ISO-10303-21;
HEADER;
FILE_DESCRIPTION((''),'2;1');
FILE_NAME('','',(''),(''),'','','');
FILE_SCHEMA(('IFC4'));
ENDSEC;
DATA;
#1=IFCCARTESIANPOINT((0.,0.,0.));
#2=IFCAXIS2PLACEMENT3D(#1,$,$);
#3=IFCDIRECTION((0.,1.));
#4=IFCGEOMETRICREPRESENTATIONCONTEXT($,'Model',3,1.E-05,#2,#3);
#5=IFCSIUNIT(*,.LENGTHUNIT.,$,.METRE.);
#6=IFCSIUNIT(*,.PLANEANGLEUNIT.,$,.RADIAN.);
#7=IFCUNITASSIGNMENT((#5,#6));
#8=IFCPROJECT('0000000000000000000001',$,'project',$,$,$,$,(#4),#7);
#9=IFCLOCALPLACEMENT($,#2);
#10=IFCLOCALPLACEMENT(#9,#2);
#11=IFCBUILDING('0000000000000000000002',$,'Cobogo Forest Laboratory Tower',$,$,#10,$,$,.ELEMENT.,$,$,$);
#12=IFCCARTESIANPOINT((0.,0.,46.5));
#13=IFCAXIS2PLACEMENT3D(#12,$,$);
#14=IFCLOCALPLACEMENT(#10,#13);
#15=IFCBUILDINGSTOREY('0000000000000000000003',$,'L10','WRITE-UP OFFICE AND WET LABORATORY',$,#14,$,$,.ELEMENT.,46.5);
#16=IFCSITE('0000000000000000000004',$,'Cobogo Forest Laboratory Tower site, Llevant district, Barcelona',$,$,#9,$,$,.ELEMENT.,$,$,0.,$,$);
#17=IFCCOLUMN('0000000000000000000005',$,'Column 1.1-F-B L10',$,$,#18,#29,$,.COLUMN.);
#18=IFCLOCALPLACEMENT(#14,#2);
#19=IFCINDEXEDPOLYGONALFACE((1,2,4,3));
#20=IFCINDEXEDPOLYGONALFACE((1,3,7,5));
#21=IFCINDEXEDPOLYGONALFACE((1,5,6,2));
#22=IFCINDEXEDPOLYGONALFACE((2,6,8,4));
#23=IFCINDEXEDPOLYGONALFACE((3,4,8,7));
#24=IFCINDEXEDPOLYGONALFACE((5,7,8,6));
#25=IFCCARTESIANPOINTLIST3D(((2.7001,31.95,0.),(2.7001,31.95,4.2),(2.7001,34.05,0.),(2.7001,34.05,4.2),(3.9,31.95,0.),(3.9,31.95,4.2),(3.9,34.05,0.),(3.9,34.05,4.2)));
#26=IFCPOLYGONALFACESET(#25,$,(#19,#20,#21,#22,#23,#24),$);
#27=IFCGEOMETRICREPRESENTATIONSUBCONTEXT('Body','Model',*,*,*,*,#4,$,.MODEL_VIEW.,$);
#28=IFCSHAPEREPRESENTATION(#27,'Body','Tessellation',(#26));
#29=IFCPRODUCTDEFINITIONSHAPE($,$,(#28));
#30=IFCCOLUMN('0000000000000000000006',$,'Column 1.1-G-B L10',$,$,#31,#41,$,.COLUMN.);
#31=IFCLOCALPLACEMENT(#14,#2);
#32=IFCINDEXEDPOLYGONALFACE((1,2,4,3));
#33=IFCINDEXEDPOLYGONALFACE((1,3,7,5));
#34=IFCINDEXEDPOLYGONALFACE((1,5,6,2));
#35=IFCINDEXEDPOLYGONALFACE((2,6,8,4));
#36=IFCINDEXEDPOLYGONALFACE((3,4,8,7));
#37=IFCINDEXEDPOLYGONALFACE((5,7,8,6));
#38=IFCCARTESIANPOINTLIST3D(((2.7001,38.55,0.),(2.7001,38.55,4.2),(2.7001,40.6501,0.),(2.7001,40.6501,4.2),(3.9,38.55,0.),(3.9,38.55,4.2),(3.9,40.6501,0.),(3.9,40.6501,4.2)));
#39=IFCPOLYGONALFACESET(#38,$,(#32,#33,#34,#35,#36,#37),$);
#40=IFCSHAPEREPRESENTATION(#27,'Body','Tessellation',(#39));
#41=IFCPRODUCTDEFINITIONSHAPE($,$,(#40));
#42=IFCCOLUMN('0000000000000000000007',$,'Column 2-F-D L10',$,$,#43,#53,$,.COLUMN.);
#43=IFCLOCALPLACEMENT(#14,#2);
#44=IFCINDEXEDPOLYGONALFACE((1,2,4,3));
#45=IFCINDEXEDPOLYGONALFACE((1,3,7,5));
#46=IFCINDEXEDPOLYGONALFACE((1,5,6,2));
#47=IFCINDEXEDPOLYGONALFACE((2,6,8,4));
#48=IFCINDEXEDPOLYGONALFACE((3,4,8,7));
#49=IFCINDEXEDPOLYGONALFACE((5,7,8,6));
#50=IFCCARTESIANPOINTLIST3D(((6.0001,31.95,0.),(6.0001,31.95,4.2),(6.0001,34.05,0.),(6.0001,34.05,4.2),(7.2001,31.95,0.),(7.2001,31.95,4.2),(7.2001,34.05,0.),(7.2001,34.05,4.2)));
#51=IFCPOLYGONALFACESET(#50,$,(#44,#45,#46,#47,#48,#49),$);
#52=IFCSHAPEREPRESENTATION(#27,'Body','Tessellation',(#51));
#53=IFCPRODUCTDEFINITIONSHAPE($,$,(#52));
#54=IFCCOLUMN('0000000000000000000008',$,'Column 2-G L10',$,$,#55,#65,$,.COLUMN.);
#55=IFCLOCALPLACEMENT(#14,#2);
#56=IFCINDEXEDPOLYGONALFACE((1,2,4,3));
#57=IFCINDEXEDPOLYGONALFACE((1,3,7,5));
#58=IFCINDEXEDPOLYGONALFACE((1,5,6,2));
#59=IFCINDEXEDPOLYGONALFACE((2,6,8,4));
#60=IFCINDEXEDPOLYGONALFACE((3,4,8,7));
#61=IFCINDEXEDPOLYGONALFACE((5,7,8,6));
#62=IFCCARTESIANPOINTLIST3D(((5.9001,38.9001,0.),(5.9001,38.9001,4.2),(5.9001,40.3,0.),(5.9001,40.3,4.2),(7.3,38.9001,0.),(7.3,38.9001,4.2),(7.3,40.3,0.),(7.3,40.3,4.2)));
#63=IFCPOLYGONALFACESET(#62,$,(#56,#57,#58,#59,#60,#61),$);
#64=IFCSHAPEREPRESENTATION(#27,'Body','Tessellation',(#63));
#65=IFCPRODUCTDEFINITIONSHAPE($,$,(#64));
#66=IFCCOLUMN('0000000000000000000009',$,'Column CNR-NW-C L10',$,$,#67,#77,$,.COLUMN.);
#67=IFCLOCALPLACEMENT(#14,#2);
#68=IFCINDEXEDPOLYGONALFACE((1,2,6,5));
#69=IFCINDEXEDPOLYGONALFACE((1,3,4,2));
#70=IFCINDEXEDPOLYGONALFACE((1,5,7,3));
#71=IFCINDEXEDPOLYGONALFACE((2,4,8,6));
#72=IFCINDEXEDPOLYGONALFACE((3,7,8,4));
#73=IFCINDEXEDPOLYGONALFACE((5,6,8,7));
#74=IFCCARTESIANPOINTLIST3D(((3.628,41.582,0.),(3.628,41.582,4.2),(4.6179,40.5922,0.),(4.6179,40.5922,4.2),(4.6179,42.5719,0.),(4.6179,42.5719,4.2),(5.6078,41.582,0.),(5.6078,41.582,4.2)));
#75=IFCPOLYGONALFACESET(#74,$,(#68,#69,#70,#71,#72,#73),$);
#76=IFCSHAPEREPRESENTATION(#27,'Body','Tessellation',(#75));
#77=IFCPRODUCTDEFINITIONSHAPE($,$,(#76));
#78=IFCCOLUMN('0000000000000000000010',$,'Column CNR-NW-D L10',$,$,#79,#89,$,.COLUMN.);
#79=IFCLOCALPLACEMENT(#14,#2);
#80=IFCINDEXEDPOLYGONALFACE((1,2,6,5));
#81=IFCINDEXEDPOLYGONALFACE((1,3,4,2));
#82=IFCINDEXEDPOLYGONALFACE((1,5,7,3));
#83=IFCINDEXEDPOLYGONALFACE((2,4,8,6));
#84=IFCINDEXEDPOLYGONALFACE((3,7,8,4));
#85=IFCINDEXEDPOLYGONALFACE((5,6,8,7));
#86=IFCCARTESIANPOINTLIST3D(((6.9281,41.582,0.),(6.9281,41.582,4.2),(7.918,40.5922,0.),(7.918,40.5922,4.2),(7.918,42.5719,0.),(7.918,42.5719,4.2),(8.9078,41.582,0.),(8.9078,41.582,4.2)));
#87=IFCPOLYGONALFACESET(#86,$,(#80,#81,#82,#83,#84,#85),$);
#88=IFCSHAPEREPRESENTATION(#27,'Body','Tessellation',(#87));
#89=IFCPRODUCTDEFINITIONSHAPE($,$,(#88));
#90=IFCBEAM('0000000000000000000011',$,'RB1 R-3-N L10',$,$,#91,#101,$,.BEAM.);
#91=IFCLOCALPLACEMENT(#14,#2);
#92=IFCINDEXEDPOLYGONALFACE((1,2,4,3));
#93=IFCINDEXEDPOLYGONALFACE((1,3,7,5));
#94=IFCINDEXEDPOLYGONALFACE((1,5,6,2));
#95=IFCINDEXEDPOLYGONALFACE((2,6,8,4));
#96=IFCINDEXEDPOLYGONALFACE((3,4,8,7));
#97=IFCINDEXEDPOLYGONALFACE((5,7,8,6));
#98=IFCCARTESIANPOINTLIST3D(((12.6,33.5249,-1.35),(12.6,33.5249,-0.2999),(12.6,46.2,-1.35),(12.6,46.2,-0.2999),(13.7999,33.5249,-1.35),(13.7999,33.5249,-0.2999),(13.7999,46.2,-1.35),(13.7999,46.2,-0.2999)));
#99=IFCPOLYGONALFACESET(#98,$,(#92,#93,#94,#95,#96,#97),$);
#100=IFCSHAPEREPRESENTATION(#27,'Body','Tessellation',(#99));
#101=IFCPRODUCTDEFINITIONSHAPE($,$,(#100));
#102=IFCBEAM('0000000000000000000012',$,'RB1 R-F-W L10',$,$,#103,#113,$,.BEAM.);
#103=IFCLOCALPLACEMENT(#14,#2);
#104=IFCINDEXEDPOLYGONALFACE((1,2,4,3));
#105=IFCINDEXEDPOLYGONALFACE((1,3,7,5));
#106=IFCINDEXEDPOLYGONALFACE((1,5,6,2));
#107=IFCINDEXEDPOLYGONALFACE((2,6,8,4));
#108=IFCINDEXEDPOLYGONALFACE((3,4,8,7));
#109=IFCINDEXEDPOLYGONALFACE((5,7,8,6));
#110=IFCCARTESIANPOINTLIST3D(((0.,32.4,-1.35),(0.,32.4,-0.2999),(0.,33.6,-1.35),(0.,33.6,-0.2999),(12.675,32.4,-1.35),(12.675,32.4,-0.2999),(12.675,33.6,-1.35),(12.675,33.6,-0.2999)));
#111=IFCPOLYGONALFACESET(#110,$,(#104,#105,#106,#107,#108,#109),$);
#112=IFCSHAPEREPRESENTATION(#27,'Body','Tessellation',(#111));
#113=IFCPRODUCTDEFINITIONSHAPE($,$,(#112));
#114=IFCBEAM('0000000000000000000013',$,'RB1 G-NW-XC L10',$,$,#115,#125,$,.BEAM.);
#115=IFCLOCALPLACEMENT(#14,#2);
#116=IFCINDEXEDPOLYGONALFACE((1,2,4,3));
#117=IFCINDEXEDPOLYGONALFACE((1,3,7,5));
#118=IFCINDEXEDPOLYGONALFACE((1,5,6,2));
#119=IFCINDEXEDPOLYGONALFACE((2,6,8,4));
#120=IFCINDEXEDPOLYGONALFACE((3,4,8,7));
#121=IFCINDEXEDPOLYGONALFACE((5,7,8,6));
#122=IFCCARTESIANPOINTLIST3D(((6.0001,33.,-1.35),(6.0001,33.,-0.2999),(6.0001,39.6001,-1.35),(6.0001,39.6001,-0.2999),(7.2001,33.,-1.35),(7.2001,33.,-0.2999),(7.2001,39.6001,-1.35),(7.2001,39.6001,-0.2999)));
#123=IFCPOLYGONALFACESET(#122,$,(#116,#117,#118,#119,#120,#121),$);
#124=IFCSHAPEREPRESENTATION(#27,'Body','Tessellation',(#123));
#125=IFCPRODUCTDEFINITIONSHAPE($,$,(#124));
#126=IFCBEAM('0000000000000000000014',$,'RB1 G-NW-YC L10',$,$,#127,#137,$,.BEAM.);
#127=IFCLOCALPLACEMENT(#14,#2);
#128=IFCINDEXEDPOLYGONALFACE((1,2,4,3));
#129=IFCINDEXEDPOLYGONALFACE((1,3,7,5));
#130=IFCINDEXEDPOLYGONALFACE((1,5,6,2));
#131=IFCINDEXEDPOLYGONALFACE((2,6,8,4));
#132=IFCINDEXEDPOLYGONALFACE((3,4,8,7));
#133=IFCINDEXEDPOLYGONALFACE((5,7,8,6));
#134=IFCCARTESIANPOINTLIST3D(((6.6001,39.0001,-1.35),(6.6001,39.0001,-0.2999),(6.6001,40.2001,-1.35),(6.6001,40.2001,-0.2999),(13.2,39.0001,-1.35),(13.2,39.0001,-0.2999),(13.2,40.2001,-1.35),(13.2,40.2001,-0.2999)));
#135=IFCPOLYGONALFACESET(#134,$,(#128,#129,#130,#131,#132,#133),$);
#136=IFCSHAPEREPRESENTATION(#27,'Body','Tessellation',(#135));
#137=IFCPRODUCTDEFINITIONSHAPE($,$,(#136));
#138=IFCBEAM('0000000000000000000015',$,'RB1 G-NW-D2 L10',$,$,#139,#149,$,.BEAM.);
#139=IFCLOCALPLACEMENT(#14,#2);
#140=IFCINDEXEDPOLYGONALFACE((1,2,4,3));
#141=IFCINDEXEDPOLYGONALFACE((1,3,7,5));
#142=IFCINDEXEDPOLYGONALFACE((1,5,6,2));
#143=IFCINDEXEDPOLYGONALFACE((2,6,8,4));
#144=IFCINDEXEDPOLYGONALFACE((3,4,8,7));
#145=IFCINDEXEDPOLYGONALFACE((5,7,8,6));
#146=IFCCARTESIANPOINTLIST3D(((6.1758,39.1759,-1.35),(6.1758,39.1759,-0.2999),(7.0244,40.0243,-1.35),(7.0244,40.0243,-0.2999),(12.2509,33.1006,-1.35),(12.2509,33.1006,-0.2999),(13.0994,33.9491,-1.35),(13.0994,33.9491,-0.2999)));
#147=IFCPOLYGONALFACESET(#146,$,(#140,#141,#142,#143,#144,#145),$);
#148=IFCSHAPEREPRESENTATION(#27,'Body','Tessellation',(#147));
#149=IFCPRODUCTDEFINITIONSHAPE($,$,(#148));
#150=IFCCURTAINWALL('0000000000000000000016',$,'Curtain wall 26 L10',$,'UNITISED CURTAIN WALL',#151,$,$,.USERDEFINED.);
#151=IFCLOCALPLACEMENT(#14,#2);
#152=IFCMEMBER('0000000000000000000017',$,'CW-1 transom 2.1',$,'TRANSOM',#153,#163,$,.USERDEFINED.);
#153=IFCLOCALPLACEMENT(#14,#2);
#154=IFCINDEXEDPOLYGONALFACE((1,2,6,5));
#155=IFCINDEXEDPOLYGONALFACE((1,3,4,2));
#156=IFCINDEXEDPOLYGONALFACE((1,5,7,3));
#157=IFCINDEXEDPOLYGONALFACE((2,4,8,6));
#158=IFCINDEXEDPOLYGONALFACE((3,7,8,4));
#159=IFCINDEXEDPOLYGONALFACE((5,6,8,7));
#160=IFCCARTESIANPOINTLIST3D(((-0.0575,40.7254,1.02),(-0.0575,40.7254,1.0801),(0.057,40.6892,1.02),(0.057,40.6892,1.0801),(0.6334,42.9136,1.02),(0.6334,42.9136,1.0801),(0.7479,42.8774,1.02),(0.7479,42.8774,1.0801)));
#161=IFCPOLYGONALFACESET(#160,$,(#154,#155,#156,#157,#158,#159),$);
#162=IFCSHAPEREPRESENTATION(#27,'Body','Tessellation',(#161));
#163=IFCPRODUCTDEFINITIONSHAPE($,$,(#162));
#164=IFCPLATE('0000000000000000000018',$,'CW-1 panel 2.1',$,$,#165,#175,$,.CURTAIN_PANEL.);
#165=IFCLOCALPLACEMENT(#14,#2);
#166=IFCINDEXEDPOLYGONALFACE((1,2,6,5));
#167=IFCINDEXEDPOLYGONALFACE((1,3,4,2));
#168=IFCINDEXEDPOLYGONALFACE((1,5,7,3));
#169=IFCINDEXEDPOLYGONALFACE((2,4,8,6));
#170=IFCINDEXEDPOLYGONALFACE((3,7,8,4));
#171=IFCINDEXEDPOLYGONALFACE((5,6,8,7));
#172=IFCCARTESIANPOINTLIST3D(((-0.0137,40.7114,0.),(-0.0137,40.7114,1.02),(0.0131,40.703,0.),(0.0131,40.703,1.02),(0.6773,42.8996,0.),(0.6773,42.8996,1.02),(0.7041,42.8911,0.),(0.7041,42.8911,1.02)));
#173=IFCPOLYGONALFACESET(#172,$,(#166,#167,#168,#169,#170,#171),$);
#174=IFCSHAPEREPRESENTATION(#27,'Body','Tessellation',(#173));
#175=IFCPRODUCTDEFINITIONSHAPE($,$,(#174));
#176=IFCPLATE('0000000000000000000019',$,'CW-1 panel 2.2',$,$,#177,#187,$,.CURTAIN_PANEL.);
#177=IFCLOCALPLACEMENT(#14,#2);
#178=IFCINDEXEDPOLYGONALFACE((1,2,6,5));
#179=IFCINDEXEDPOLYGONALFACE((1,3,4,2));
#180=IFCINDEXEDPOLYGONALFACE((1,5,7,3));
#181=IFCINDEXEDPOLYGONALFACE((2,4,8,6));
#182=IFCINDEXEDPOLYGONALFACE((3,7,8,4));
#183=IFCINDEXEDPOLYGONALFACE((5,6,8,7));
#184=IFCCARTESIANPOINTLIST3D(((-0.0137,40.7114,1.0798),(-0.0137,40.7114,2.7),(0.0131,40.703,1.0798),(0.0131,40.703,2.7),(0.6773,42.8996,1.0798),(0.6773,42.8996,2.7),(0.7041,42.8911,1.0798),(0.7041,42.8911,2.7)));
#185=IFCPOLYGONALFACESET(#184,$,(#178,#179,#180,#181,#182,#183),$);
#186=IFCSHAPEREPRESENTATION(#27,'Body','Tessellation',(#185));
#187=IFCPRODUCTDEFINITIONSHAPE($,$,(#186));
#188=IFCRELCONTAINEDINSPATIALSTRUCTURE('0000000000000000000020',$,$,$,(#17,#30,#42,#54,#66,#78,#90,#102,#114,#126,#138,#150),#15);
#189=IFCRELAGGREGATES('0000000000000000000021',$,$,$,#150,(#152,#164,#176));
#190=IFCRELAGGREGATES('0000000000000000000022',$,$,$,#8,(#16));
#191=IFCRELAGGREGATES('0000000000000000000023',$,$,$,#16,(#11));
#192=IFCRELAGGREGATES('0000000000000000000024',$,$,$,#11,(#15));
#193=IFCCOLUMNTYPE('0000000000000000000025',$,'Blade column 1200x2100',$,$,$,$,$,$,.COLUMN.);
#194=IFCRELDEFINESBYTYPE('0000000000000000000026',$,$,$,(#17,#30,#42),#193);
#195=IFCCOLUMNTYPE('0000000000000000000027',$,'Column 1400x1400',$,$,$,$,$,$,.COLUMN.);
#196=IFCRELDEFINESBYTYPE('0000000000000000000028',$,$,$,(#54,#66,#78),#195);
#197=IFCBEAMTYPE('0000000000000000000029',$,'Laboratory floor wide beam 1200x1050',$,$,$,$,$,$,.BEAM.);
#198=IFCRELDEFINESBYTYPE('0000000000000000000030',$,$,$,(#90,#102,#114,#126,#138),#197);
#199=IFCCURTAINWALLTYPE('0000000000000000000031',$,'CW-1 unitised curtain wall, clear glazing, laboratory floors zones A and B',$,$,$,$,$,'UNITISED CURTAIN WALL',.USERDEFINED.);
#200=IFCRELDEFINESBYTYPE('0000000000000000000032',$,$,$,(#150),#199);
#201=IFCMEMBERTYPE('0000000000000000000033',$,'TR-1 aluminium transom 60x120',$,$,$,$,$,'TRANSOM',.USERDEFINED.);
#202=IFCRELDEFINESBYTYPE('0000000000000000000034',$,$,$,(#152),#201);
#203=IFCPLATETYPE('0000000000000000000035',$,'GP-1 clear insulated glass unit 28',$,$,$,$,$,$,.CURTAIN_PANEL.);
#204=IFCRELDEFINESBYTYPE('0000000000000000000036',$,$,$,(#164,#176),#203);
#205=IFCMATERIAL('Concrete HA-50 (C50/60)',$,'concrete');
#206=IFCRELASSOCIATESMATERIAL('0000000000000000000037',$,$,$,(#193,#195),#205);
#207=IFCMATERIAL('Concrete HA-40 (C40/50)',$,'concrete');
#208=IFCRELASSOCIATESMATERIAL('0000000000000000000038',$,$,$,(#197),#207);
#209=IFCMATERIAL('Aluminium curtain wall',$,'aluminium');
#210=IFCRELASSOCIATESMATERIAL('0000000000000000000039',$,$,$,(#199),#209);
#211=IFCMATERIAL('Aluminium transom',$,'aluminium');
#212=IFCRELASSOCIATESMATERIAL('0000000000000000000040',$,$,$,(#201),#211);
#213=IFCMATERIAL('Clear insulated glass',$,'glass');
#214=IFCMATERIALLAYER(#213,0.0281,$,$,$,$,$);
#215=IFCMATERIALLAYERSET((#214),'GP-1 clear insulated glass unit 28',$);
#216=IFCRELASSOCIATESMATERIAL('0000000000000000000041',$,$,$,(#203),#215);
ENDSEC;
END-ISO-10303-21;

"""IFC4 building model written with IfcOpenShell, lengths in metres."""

from ifc_helpers import new_model, si_unit, direction, frame, origin, origin_2d, place, context, subcontext, project, spatial, rectangle, extrude, material, layer, layer_set, material_profile, profile_set, type_object, element, aggregate, save


model = new_model("IFC4")

# Units and contexts
model_context = context("Model", 3, precision=1e-05, world=origin(), true_north=direction((0.0, 1.0)))
body_context = subcontext(model_context, "Body", "Model", "MODEL_VIEW")
ifc_project = project(units=[si_unit("LENGTHUNIT", "METRE"), si_unit("PLANEANGLEUNIT", "RADIAN")], contexts=[model_context])

# Site, building, storey
site_placement = place(None, origin())
site = spatial("IfcSite", under=ifc_project, at=site_placement, Name="Cobogo Forest Laboratory Tower site, Llevant district, Barcelona", CompositionType="ELEMENT", RefElevation=0.0)
building_placement = place(site_placement, origin())
building = spatial("IfcBuilding", under=site, at=building_placement, Name="Cobogo Forest Laboratory Tower", CompositionType="ELEMENT")
storey_placement = place(building_placement, frame((0.0, 0.0, 46.5)))
storey = spatial("IfcBuildingStorey", under=building, at=storey_placement, Name="L10", Description="WRITE-UP OFFICE AND WET LABORATORY", CompositionType="ELEMENT", Elevation=46.5)

# Columns
ifc_material_1 = material(Name="Concrete HA-50 (C50/60)", Category="concrete")
ifc_material_profile_1 = material_profile(ifc_material_1, rectangle(XDim=2.1001, YDim=1.2, at=origin_2d()), Name="RC 1200x2100")
ifc_profile_set_1 = profile_set([ifc_material_profile_1], Name="Concrete HA-50 (C50/60)")
column_type_1 = type_object("IfcColumnType", Name="Blade column 1200x2100", PredefinedType="COLUMN", material=ifc_profile_set_1)
for number, where, z_axis, x_axis, name in (
    (1, (3.3, 33.0, 0.0), (0.0, 0.0, 1.0), (0.0, 1.0, 0.0), "Column 1.1-F-B L10"),
    (2, (3.3, 39.6001, 0.0), (0.0, 0.0, 1.0), (0.0, 1.0, 0.0), "Column 1.1-G-B L10"),
    (3, (6.6001, 33.0, 0.0), (0.0, 0.0, 1.0), (0.0, 1.0, 0.0), "Column 2-F-D L10"),
):
    element("IfcColumn", number, at=place(storey_placement, frame(where, z_axis=z_axis, x_axis=x_axis)), inside=storey, type_object=column_type_1, Name=name, PredefinedType="COLUMN", context=body_context, shape_type="SweptSolid", body=[
        extrude(rectangle(XDim=2.1001, YDim=1.2, at=origin_2d()), origin(), (0.0, 0.0, 1.0), 4.2),
    ])
ifc_material_profile_2 = material_profile(ifc_material_1, rectangle(XDim=1.3999, YDim=1.3999, at=origin_2d()), Name="RC 1400x1400")
ifc_profile_set_2 = profile_set([ifc_material_profile_2], Name="Concrete HA-50 (C50/60)")
column_type_2 = type_object("IfcColumnType", Name="Column 1400x1400", PredefinedType="COLUMN", material=ifc_profile_set_2)
for number, where, z_axis, x_axis, name in (
    (4, (6.6001, 39.6001, 0.0), (0.0, 0.0, 1.0), (1.0, 0.0, 0.0), "Column 2-G L10"),
    (5, (4.6179, 41.582, 0.0), (0.0, 0.0, 1.0), (0.707107, 0.707107, 0.0), "Column CNR-NW-C L10"),
    (6, (7.918, 41.582, 0.0), (0.0, 0.0, 1.0), (0.707107, 0.707107, 0.0), "Column CNR-NW-D L10"),
):
    element("IfcColumn", number, at=place(storey_placement, frame(where, z_axis=z_axis, x_axis=x_axis)), inside=storey, type_object=column_type_2, Name=name, PredefinedType="COLUMN", context=body_context, shape_type="SweptSolid", body=[
        extrude(rectangle(XDim=1.3999, YDim=1.3999, at=origin_2d()), origin(), (0.0, 0.0, 1.0), 4.2),
    ])

# Beams
ifc_material_2 = material(Name="Concrete HA-40 (C40/50)", Category="concrete")
ifc_material_profile_3 = material_profile(ifc_material_2, rectangle(XDim=1.2, YDim=1.05, at=origin_2d()), Name="RC 1200x1050")
ifc_profile_set_3 = profile_set([ifc_material_profile_3], Name="Concrete HA-40 (C40/50)")
beam_type = type_object("IfcBeamType", Name="Laboratory floor wide beam 1200x1050", PredefinedType="BEAM", material=ifc_profile_set_3)
for number, where, z_axis, x_axis, name in (
    (7, (13.2, 33.5249, -0.825), (0.0, 1.0, 0.0), (-1.0, 0.0, 0.0), "RB1 R-3-N L10"),
    (8, (12.675, 33.0, -0.825), (-1.0, 0.0, 0.0), (0.0, -1.0, 0.0), "RB1 R-F-W L10"),
):
    element("IfcBeam", number, at=place(storey_placement, frame(where, z_axis=z_axis, x_axis=x_axis)), inside=storey, type_object=beam_type, Name=name, PredefinedType="BEAM", context=body_context, shape_type="SweptSolid", body=[
        extrude(rectangle(XDim=1.2, YDim=1.05, at=origin_2d()), origin(), (0.0, 0.0, 1.0), 12.675),
    ])
beam_1_placement = place(storey_placement, frame((6.6001, 39.6001, -0.825), z_axis=(0.0, -1.0, 0.0), x_axis=(1.0, 0.0, 0.0)))
element("IfcBeam", 9, at=beam_1_placement, inside=storey, type_object=beam_type, Name="RB1 G-NW-XC L10", PredefinedType="BEAM", context=body_context, shape_type="SweptSolid", body=[
    extrude(rectangle(XDim=1.2, YDim=1.05, at=origin_2d()), origin(), (0.0, 0.0, 1.0), 6.6001),
])
beam_2_placement = place(storey_placement, frame((6.6001, 39.6001, -0.825), z_axis=(1.0, 0.0, 0.0), x_axis=(0.0, 1.0, 0.0)))
element("IfcBeam", 10, at=beam_2_placement, inside=storey, type_object=beam_type, Name="RB1 G-NW-YC L10", PredefinedType="BEAM", context=body_context, shape_type="SweptSolid", body=[
    extrude(rectangle(XDim=1.2, YDim=1.05, at=origin_2d()), origin(), (0.0, 0.0, 1.0), 6.5999),
])
beam_3_placement = place(storey_placement, frame((6.6001, 39.6001, -0.825), z_axis=(0.707093, -0.707121, 0.0), x_axis=(0.707121, 0.707093, 0.0)))
element("IfcBeam", 11, at=beam_3_placement, inside=storey, type_object=beam_type, Name="RB1 G-NW-D2 L10", PredefinedType="BEAM", context=body_context, shape_type="SweptSolid", body=[
    extrude(rectangle(XDim=1.2, YDim=1.05, at=origin_2d()), origin(), (0.0, 0.0, 1.0), 8.5916),
])

# Curtain wall, member, plates
ifc_material_3 = material(Name="Aluminium curtain wall", Category="aluminium")
curtain_wall_type = type_object("IfcCurtainWallType", Name="CW-1 unitised curtain wall, clear glazing, laboratory floors zones A and B", ElementType="UNITISED CURTAIN WALL", PredefinedType="USERDEFINED", material=ifc_material_3)
curtain_wall_placement = place(storey_placement, origin())
curtain_wall = element("IfcCurtainWall", 12, at=curtain_wall_placement, inside=storey, type_object=curtain_wall_type, Name="Curtain wall 26 L10", ObjectType="UNITISED CURTAIN WALL", PredefinedType="USERDEFINED")
ifc_material_4 = material(Name="Aluminium transom", Category="aluminium")
ifc_material_profile_4 = material_profile(ifc_material_4, rectangle(XDim=0.1201, YDim=0.0601, at=origin_2d()), Name="AL 60x120")
ifc_profile_set_4 = profile_set([ifc_material_profile_4], Name="Aluminium transom")
member_type = type_object("IfcMemberType", Name="TR-1 aluminium transom 60x120", ElementType="TRANSOM", PredefinedType="USERDEFINED", material=ifc_profile_set_4)
member_placement = place(storey_placement, frame((0.6907, 42.8955, 1.05), z_axis=(-0.301091, -0.953596, 0.0), x_axis=(0.953596, -0.301091, 0.0)))
member = element("IfcMember", 13, at=member_placement, type_object=member_type, Name="CW-1 transom 2.1", ObjectType="TRANSOM", PredefinedType="USERDEFINED", context=body_context, shape_type="SweptSolid", body=[
    extrude(rectangle(XDim=0.1201, YDim=0.0601, at=origin_2d()), origin(), (0.0, 0.0, 1.0), 2.2947),
])
ifc_material_5 = material(Name="Clear insulated glass", Category="glass")
ifc_layer_1 = layer(ifc_material_5, 0.0281)
ifc_layer_set_1 = layer_set([ifc_layer_1], Name="GP-1 clear insulated glass unit 28")
plate_type = type_object("IfcPlateType", Name="GP-1 clear insulated glass unit 28", PredefinedType="CURTAIN_PANEL", material=ifc_layer_set_1)
plate_1_placement = place(storey_placement, frame((0.3452, 41.8013, 0.0), z_axis=(0.0, 0.0, 1.0), x_axis=(-0.301135, -0.953581, 0.0)))
plate_1 = element("IfcPlate", 14, at=plate_1_placement, type_object=plate_type, Name="CW-1 panel 2.1", PredefinedType="CURTAIN_PANEL", context=body_context, shape_type="SweptSolid", body=[
    extrude(rectangle(XDim=2.2947, YDim=0.0281, at=origin_2d()), origin(), (0.0, 0.0, 1.0), 1.02),
])
plate_2_placement = place(storey_placement, frame((0.3452, 41.8013, 1.0798), z_axis=(0.0, 0.0, 1.0), x_axis=(-0.301135, -0.953581, 0.0)))
plate_2 = element("IfcPlate", 15, at=plate_2_placement, type_object=plate_type, Name="CW-1 panel 2.2", PredefinedType="CURTAIN_PANEL", context=body_context, shape_type="SweptSolid", body=[
    extrude(rectangle(XDim=2.2947, YDim=0.0281, at=origin_2d()), origin(), (0.0, 0.0, 1.0), 1.6201),
])
aggregate(curtain_wall, [member, plate_1, plate_2])

save(model, "model.ifc")
